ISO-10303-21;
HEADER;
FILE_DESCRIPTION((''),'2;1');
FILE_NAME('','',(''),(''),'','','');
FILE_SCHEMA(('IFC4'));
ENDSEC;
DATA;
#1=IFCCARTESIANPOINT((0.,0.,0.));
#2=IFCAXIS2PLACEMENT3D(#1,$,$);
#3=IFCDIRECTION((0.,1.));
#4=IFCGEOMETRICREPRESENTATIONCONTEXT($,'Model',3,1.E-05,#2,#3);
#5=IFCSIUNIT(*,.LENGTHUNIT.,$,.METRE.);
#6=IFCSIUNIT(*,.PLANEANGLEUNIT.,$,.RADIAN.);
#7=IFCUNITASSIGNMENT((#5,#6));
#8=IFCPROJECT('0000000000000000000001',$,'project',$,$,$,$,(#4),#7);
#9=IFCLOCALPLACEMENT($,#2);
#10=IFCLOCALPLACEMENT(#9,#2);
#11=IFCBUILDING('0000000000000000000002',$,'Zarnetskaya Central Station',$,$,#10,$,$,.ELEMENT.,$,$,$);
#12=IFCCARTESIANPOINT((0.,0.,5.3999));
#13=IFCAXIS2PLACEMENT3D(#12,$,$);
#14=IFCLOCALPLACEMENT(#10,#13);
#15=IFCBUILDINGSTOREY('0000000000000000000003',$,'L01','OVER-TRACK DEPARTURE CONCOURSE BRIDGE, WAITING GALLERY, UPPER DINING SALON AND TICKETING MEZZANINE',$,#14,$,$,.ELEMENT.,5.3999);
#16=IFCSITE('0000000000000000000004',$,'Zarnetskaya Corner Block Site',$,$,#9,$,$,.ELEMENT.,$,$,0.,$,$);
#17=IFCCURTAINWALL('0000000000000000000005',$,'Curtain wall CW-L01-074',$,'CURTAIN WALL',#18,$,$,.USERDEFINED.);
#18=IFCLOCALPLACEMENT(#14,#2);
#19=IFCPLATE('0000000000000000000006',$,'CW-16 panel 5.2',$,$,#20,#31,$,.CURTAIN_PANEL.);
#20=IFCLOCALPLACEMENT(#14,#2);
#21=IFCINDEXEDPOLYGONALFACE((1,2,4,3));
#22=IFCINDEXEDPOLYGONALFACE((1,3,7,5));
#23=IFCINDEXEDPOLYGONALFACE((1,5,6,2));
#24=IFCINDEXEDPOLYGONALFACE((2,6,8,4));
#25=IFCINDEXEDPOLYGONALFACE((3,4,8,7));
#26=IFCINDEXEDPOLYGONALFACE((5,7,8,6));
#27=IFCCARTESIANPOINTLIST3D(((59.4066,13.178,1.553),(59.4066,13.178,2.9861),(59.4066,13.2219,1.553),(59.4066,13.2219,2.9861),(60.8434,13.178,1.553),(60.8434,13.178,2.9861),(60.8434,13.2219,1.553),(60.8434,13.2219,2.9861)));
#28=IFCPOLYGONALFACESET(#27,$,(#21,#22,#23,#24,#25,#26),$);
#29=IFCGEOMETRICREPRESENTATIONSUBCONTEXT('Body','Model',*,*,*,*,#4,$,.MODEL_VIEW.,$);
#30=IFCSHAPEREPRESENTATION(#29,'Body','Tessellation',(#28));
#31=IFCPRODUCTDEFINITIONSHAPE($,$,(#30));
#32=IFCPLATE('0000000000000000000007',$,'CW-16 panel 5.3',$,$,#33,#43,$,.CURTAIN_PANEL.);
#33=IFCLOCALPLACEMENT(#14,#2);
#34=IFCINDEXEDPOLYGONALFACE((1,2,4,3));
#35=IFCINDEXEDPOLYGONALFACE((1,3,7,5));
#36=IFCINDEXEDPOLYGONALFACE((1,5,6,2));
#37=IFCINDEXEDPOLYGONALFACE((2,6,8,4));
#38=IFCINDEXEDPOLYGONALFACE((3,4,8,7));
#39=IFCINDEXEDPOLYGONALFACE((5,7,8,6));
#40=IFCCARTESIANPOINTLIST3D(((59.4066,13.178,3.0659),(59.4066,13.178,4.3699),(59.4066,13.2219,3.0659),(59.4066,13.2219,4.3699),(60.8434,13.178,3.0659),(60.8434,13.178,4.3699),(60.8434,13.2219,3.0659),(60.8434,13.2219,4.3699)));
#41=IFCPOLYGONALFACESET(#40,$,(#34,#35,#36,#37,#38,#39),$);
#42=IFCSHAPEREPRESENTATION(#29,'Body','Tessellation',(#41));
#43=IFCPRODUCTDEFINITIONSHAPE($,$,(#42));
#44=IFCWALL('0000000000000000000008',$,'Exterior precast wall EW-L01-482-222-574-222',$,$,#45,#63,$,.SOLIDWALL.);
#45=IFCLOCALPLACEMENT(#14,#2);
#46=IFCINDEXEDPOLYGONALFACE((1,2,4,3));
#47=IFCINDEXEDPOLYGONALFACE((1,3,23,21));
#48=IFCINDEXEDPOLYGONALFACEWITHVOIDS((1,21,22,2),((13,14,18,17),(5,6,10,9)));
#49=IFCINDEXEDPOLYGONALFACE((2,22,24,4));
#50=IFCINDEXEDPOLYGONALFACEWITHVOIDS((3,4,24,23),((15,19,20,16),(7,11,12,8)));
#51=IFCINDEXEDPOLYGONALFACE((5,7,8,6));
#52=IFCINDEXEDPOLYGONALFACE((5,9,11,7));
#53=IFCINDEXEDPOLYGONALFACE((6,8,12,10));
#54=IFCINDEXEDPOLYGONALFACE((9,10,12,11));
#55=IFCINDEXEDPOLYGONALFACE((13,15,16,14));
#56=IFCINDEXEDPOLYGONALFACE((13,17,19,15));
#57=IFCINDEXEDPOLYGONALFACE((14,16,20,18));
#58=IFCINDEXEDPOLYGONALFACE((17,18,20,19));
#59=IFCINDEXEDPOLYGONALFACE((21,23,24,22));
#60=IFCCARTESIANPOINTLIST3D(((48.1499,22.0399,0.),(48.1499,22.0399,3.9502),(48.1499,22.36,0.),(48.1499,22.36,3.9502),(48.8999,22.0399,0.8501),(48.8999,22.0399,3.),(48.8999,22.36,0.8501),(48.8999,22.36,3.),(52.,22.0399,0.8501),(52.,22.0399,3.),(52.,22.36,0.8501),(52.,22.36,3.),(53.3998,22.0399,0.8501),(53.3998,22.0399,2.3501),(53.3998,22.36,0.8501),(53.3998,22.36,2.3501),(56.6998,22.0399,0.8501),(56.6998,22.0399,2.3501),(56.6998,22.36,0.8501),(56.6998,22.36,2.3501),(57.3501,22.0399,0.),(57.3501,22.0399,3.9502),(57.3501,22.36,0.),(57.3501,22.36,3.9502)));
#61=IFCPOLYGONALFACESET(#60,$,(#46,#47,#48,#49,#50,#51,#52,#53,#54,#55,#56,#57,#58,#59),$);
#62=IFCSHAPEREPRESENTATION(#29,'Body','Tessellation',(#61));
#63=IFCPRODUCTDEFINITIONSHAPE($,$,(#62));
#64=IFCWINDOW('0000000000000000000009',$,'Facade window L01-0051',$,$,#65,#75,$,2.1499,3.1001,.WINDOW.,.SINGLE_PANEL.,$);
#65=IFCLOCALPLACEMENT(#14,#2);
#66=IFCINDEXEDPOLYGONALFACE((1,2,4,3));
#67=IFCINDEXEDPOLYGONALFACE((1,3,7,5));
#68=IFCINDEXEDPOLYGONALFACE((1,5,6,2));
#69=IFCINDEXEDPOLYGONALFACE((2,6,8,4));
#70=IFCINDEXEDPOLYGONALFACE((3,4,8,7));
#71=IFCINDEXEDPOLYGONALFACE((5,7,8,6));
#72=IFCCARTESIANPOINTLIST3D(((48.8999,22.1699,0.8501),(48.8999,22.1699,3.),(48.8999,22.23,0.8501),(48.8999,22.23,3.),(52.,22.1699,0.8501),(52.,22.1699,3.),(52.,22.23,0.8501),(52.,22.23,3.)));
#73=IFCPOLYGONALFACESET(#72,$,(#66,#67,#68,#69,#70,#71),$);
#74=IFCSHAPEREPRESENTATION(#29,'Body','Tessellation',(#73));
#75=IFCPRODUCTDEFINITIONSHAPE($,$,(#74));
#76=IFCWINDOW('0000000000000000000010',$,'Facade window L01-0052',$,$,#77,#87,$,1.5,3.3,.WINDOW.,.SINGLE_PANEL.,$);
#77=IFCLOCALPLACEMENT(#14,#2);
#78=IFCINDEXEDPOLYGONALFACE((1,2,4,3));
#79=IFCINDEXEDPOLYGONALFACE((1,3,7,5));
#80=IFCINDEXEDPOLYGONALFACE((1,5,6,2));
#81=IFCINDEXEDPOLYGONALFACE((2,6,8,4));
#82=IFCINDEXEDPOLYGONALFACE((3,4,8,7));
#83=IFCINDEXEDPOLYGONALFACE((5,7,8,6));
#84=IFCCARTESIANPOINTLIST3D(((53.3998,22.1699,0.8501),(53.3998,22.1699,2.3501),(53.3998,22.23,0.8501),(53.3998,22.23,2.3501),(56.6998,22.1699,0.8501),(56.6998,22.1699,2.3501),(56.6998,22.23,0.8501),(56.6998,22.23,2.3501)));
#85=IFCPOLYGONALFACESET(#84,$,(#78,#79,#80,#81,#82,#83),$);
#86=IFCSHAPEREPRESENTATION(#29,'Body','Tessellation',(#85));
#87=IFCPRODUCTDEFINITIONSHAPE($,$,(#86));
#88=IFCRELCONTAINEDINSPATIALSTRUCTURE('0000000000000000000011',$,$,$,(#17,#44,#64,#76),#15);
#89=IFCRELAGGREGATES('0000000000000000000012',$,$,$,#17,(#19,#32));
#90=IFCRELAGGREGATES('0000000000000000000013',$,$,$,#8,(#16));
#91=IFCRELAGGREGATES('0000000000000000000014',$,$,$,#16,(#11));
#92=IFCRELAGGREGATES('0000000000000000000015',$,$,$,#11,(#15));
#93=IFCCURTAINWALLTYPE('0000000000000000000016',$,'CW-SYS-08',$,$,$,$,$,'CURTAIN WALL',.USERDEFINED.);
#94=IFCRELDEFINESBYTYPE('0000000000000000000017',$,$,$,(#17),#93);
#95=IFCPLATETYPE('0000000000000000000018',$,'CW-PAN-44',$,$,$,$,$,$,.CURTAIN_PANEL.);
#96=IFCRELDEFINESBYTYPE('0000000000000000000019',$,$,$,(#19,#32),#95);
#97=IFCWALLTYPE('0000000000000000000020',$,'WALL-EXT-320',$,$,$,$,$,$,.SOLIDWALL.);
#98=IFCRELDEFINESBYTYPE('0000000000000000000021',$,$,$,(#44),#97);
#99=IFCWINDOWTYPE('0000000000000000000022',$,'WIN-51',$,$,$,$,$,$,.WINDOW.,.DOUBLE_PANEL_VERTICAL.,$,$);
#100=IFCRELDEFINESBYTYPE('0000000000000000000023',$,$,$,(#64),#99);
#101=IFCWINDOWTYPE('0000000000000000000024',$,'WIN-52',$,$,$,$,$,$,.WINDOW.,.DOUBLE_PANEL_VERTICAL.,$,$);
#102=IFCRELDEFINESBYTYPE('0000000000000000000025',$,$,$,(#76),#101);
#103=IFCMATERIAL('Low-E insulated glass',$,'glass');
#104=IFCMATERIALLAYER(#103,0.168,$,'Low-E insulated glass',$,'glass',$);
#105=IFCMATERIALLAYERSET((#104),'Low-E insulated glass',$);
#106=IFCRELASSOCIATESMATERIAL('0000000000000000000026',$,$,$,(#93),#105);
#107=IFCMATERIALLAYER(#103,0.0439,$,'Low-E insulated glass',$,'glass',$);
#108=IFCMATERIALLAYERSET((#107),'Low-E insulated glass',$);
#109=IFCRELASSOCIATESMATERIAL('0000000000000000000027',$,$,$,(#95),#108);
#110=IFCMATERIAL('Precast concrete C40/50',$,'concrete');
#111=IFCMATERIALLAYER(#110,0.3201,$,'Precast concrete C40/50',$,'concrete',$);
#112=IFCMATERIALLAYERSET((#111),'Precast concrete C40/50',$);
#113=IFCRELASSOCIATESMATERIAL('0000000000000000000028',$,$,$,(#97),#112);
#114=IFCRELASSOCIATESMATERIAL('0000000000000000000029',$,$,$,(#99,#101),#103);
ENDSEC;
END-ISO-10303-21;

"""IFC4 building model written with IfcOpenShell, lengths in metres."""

from ifc_helpers import new_model, si_unit, direction, frame, frame_2d, origin, origin_2d, place, context, subcontext, project, spatial, rectangle, extrude, material, layer, layer_set, type_object, element, fill, aggregate, save


model = new_model("IFC4")

# Units and contexts
model_context = context("Model", 3, precision=1e-05, world=origin(), true_north=direction((0.0, 1.0)))
body_context = subcontext(model_context, "Body", "Model", "MODEL_VIEW")
ifc_project = project(units=[si_unit("LENGTHUNIT", "METRE"), si_unit("PLANEANGLEUNIT", "RADIAN")], contexts=[model_context])

# Site, building, storey
site_placement = place(None, origin())
site = spatial("IfcSite", under=ifc_project, at=site_placement, Name="Zarnetskaya Corner Block Site", CompositionType="ELEMENT", RefElevation=0.0)
building_placement = place(site_placement, origin())
building = spatial("IfcBuilding", under=site, at=building_placement, Name="Zarnetskaya Central Station", CompositionType="ELEMENT")
storey_placement = place(building_placement, frame((0.0, 0.0, 5.3999)))
storey = spatial("IfcBuildingStorey", under=building, at=storey_placement, Name="L01", Description="OVER-TRACK DEPARTURE CONCOURSE BRIDGE, WAITING GALLERY, UPPER DINING SALON AND TICKETING MEZZANINE", CompositionType="ELEMENT", Elevation=5.3999)

# Shared definitions
ifc_material_1 = material(Name="Low-E insulated glass", Category="glass")

# Curtain wall
ifc_layer_1 = layer(ifc_material_1, 0.168, Name="Low-E insulated glass", Category="glass")
ifc_layer_set_1 = layer_set([ifc_layer_1], Name="Low-E insulated glass")
curtain_wall_type_1 = type_object("IfcCurtainWallType", Name="CW-SYS-08", ElementType="CURTAIN WALL", PredefinedType="USERDEFINED", material=ifc_layer_set_1)
curtain_wall_1_placement = place(storey_placement, origin())
curtain_wall_1 = element("IfcCurtainWall", 1, at=curtain_wall_1_placement, inside=storey, type_object=curtain_wall_type_1, Name="Curtain wall CW-L01-074", ObjectType="CURTAIN WALL", PredefinedType="USERDEFINED")

# Plates
ifc_layer_2 = layer(ifc_material_1, 0.0439, Name="Low-E insulated glass", Category="glass")
ifc_layer_set_2 = layer_set([ifc_layer_2], Name="Low-E insulated glass")
plate_type_1 = type_object("IfcPlateType", Name="CW-PAN-44", PredefinedType="CURTAIN_PANEL", material=ifc_layer_set_2)
plate_1_placement = place(storey_placement, frame((60.125, 13.2, 1.553), z_axis=(0.0, 0.0, 1.0), x_axis=(-1.0, 0.0, 0.0)))
plate_1 = element("IfcPlate", 2, at=plate_1_placement, type_object=plate_type_1, Name="CW-16 panel 5.2", PredefinedType="CURTAIN_PANEL", context=body_context, shape_type="SweptSolid", body=[
    extrude(rectangle(XDim=1.4368, YDim=0.0439, at=origin_2d()), origin(), (0.0, 0.0, 1.0), 1.4331),
])
plate_2_placement = place(storey_placement, frame((60.125, 13.2, 3.0659), z_axis=(0.0, 0.0, 1.0), x_axis=(-1.0, 0.0, 0.0)))
plate_2 = element("IfcPlate", 3, at=plate_2_placement, type_object=plate_type_1, Name="CW-16 panel 5.3", PredefinedType="CURTAIN_PANEL", context=body_context, shape_type="SweptSolid", body=[
    extrude(rectangle(XDim=1.4368, YDim=0.0439, at=origin_2d()), origin(), (0.0, 0.0, 1.0), 1.304),
])
aggregate(curtain_wall_1, [plate_1, plate_2])

# Wall, openings, windows
ifc_material_2 = material(Name="Precast concrete C40/50", Category="concrete")
ifc_layer_3 = layer(ifc_material_2, 0.3201, Name="Precast concrete C40/50", Category="concrete")
ifc_layer_set_3 = layer_set([ifc_layer_3], Name="Precast concrete C40/50")
wall_type = type_object("IfcWallType", Name="WALL-EXT-320", PredefinedType="SOLIDWALL", material=ifc_layer_set_3)
wall_placement = place(storey_placement, frame((48.1499, 22.2, 0.0), z_axis=(0.0, 0.0, 1.0), x_axis=(1.0, 0.0, 0.0)))
wall = element("IfcWall", 4, at=wall_placement, inside=storey, type_object=wall_type, Name="Exterior precast wall EW-L01-482-222-574-222", PredefinedType="SOLIDWALL", context=body_context, shape_type="SweptSolid", body=[
    extrude(rectangle(XDim=9.2002, YDim=0.3201, at=frame_2d((4.6001, 0.0))), origin(), (0.0, 0.0, 1.0), 3.9502),
])
opening_1_placement = place(wall_placement, frame((0.75, 0.0, 0.8501)))
opening_1 = element("IfcOpeningElement", 5, at=opening_1_placement, cuts=wall, PredefinedType="OPENING", context=body_context, shape_type="SweptSolid", body=[
    extrude(rectangle(XDim=3.1001, YDim=2.1499, at=frame_2d((1.55, 1.075))), frame((0.0, 0.1699, 0.0), z_axis=(0.0, -1.0, 0.0), x_axis=(1.0, 0.0, 0.0)), (0.0, 0.0, 1.0), 0.3401),
])
opening_2_placement = place(wall_placement, frame((5.25, 0.0, 0.8501)))
opening_2 = element("IfcOpeningElement", 6, at=opening_2_placement, cuts=wall, PredefinedType="OPENING", context=body_context, shape_type="SweptSolid", body=[
    extrude(rectangle(XDim=3.3, YDim=1.5, at=frame_2d((1.6499, 0.75))), frame((0.0, 0.1699, 0.0), z_axis=(0.0, -1.0, 0.0), x_axis=(1.0, 0.0, 0.0)), (0.0, 0.0, 1.0), 0.3401),
])
window_type_1 = type_object("IfcWindowType", Name="WIN-51", PartitioningType="DOUBLE_PANEL_VERTICAL", PredefinedType="WINDOW", material=ifc_material_1)
window_1_placement = place(opening_1_placement, origin())
window_1 = element("IfcWindow", 7, at=window_1_placement, inside=storey, type_object=window_type_1, Name="Facade window L01-0051", OverallHeight=2.1499, OverallWidth=3.1001, PartitioningType="SINGLE_PANEL", PredefinedType="WINDOW", context=body_context, shape_type="SweptSolid", body=[
    extrude(rectangle(XDim=3.1001, YDim=2.1499, at=frame_2d((1.55, 1.075))), frame((0.0, 0.03, 0.0), z_axis=(0.0, -1.0, 0.0), x_axis=(1.0, 0.0, 0.0)), (0.0, 0.0, 1.0), 0.0601),
])
fill(opening_1, window_1)
window_type_2 = type_object("IfcWindowType", Name="WIN-52", PartitioningType="DOUBLE_PANEL_VERTICAL", PredefinedType="WINDOW", material=ifc_material_1)
window_2_placement = place(opening_2_placement, origin())
window_2 = element("IfcWindow", 8, at=window_2_placement, inside=storey, type_object=window_type_2, Name="Facade window L01-0052", OverallHeight=1.5, OverallWidth=3.3, PartitioningType="SINGLE_PANEL", PredefinedType="WINDOW", context=body_context, shape_type="SweptSolid", body=[
    extrude(rectangle(XDim=3.3, YDim=1.5, at=frame_2d((1.6499, 0.75))), frame((0.0, 0.03, 0.0), z_axis=(0.0, -1.0, 0.0), x_axis=(1.0, 0.0, 0.0)), (0.0, 0.0, 1.0), 0.0601),
])
fill(opening_2, window_2)

save(model, "model.ifc")
